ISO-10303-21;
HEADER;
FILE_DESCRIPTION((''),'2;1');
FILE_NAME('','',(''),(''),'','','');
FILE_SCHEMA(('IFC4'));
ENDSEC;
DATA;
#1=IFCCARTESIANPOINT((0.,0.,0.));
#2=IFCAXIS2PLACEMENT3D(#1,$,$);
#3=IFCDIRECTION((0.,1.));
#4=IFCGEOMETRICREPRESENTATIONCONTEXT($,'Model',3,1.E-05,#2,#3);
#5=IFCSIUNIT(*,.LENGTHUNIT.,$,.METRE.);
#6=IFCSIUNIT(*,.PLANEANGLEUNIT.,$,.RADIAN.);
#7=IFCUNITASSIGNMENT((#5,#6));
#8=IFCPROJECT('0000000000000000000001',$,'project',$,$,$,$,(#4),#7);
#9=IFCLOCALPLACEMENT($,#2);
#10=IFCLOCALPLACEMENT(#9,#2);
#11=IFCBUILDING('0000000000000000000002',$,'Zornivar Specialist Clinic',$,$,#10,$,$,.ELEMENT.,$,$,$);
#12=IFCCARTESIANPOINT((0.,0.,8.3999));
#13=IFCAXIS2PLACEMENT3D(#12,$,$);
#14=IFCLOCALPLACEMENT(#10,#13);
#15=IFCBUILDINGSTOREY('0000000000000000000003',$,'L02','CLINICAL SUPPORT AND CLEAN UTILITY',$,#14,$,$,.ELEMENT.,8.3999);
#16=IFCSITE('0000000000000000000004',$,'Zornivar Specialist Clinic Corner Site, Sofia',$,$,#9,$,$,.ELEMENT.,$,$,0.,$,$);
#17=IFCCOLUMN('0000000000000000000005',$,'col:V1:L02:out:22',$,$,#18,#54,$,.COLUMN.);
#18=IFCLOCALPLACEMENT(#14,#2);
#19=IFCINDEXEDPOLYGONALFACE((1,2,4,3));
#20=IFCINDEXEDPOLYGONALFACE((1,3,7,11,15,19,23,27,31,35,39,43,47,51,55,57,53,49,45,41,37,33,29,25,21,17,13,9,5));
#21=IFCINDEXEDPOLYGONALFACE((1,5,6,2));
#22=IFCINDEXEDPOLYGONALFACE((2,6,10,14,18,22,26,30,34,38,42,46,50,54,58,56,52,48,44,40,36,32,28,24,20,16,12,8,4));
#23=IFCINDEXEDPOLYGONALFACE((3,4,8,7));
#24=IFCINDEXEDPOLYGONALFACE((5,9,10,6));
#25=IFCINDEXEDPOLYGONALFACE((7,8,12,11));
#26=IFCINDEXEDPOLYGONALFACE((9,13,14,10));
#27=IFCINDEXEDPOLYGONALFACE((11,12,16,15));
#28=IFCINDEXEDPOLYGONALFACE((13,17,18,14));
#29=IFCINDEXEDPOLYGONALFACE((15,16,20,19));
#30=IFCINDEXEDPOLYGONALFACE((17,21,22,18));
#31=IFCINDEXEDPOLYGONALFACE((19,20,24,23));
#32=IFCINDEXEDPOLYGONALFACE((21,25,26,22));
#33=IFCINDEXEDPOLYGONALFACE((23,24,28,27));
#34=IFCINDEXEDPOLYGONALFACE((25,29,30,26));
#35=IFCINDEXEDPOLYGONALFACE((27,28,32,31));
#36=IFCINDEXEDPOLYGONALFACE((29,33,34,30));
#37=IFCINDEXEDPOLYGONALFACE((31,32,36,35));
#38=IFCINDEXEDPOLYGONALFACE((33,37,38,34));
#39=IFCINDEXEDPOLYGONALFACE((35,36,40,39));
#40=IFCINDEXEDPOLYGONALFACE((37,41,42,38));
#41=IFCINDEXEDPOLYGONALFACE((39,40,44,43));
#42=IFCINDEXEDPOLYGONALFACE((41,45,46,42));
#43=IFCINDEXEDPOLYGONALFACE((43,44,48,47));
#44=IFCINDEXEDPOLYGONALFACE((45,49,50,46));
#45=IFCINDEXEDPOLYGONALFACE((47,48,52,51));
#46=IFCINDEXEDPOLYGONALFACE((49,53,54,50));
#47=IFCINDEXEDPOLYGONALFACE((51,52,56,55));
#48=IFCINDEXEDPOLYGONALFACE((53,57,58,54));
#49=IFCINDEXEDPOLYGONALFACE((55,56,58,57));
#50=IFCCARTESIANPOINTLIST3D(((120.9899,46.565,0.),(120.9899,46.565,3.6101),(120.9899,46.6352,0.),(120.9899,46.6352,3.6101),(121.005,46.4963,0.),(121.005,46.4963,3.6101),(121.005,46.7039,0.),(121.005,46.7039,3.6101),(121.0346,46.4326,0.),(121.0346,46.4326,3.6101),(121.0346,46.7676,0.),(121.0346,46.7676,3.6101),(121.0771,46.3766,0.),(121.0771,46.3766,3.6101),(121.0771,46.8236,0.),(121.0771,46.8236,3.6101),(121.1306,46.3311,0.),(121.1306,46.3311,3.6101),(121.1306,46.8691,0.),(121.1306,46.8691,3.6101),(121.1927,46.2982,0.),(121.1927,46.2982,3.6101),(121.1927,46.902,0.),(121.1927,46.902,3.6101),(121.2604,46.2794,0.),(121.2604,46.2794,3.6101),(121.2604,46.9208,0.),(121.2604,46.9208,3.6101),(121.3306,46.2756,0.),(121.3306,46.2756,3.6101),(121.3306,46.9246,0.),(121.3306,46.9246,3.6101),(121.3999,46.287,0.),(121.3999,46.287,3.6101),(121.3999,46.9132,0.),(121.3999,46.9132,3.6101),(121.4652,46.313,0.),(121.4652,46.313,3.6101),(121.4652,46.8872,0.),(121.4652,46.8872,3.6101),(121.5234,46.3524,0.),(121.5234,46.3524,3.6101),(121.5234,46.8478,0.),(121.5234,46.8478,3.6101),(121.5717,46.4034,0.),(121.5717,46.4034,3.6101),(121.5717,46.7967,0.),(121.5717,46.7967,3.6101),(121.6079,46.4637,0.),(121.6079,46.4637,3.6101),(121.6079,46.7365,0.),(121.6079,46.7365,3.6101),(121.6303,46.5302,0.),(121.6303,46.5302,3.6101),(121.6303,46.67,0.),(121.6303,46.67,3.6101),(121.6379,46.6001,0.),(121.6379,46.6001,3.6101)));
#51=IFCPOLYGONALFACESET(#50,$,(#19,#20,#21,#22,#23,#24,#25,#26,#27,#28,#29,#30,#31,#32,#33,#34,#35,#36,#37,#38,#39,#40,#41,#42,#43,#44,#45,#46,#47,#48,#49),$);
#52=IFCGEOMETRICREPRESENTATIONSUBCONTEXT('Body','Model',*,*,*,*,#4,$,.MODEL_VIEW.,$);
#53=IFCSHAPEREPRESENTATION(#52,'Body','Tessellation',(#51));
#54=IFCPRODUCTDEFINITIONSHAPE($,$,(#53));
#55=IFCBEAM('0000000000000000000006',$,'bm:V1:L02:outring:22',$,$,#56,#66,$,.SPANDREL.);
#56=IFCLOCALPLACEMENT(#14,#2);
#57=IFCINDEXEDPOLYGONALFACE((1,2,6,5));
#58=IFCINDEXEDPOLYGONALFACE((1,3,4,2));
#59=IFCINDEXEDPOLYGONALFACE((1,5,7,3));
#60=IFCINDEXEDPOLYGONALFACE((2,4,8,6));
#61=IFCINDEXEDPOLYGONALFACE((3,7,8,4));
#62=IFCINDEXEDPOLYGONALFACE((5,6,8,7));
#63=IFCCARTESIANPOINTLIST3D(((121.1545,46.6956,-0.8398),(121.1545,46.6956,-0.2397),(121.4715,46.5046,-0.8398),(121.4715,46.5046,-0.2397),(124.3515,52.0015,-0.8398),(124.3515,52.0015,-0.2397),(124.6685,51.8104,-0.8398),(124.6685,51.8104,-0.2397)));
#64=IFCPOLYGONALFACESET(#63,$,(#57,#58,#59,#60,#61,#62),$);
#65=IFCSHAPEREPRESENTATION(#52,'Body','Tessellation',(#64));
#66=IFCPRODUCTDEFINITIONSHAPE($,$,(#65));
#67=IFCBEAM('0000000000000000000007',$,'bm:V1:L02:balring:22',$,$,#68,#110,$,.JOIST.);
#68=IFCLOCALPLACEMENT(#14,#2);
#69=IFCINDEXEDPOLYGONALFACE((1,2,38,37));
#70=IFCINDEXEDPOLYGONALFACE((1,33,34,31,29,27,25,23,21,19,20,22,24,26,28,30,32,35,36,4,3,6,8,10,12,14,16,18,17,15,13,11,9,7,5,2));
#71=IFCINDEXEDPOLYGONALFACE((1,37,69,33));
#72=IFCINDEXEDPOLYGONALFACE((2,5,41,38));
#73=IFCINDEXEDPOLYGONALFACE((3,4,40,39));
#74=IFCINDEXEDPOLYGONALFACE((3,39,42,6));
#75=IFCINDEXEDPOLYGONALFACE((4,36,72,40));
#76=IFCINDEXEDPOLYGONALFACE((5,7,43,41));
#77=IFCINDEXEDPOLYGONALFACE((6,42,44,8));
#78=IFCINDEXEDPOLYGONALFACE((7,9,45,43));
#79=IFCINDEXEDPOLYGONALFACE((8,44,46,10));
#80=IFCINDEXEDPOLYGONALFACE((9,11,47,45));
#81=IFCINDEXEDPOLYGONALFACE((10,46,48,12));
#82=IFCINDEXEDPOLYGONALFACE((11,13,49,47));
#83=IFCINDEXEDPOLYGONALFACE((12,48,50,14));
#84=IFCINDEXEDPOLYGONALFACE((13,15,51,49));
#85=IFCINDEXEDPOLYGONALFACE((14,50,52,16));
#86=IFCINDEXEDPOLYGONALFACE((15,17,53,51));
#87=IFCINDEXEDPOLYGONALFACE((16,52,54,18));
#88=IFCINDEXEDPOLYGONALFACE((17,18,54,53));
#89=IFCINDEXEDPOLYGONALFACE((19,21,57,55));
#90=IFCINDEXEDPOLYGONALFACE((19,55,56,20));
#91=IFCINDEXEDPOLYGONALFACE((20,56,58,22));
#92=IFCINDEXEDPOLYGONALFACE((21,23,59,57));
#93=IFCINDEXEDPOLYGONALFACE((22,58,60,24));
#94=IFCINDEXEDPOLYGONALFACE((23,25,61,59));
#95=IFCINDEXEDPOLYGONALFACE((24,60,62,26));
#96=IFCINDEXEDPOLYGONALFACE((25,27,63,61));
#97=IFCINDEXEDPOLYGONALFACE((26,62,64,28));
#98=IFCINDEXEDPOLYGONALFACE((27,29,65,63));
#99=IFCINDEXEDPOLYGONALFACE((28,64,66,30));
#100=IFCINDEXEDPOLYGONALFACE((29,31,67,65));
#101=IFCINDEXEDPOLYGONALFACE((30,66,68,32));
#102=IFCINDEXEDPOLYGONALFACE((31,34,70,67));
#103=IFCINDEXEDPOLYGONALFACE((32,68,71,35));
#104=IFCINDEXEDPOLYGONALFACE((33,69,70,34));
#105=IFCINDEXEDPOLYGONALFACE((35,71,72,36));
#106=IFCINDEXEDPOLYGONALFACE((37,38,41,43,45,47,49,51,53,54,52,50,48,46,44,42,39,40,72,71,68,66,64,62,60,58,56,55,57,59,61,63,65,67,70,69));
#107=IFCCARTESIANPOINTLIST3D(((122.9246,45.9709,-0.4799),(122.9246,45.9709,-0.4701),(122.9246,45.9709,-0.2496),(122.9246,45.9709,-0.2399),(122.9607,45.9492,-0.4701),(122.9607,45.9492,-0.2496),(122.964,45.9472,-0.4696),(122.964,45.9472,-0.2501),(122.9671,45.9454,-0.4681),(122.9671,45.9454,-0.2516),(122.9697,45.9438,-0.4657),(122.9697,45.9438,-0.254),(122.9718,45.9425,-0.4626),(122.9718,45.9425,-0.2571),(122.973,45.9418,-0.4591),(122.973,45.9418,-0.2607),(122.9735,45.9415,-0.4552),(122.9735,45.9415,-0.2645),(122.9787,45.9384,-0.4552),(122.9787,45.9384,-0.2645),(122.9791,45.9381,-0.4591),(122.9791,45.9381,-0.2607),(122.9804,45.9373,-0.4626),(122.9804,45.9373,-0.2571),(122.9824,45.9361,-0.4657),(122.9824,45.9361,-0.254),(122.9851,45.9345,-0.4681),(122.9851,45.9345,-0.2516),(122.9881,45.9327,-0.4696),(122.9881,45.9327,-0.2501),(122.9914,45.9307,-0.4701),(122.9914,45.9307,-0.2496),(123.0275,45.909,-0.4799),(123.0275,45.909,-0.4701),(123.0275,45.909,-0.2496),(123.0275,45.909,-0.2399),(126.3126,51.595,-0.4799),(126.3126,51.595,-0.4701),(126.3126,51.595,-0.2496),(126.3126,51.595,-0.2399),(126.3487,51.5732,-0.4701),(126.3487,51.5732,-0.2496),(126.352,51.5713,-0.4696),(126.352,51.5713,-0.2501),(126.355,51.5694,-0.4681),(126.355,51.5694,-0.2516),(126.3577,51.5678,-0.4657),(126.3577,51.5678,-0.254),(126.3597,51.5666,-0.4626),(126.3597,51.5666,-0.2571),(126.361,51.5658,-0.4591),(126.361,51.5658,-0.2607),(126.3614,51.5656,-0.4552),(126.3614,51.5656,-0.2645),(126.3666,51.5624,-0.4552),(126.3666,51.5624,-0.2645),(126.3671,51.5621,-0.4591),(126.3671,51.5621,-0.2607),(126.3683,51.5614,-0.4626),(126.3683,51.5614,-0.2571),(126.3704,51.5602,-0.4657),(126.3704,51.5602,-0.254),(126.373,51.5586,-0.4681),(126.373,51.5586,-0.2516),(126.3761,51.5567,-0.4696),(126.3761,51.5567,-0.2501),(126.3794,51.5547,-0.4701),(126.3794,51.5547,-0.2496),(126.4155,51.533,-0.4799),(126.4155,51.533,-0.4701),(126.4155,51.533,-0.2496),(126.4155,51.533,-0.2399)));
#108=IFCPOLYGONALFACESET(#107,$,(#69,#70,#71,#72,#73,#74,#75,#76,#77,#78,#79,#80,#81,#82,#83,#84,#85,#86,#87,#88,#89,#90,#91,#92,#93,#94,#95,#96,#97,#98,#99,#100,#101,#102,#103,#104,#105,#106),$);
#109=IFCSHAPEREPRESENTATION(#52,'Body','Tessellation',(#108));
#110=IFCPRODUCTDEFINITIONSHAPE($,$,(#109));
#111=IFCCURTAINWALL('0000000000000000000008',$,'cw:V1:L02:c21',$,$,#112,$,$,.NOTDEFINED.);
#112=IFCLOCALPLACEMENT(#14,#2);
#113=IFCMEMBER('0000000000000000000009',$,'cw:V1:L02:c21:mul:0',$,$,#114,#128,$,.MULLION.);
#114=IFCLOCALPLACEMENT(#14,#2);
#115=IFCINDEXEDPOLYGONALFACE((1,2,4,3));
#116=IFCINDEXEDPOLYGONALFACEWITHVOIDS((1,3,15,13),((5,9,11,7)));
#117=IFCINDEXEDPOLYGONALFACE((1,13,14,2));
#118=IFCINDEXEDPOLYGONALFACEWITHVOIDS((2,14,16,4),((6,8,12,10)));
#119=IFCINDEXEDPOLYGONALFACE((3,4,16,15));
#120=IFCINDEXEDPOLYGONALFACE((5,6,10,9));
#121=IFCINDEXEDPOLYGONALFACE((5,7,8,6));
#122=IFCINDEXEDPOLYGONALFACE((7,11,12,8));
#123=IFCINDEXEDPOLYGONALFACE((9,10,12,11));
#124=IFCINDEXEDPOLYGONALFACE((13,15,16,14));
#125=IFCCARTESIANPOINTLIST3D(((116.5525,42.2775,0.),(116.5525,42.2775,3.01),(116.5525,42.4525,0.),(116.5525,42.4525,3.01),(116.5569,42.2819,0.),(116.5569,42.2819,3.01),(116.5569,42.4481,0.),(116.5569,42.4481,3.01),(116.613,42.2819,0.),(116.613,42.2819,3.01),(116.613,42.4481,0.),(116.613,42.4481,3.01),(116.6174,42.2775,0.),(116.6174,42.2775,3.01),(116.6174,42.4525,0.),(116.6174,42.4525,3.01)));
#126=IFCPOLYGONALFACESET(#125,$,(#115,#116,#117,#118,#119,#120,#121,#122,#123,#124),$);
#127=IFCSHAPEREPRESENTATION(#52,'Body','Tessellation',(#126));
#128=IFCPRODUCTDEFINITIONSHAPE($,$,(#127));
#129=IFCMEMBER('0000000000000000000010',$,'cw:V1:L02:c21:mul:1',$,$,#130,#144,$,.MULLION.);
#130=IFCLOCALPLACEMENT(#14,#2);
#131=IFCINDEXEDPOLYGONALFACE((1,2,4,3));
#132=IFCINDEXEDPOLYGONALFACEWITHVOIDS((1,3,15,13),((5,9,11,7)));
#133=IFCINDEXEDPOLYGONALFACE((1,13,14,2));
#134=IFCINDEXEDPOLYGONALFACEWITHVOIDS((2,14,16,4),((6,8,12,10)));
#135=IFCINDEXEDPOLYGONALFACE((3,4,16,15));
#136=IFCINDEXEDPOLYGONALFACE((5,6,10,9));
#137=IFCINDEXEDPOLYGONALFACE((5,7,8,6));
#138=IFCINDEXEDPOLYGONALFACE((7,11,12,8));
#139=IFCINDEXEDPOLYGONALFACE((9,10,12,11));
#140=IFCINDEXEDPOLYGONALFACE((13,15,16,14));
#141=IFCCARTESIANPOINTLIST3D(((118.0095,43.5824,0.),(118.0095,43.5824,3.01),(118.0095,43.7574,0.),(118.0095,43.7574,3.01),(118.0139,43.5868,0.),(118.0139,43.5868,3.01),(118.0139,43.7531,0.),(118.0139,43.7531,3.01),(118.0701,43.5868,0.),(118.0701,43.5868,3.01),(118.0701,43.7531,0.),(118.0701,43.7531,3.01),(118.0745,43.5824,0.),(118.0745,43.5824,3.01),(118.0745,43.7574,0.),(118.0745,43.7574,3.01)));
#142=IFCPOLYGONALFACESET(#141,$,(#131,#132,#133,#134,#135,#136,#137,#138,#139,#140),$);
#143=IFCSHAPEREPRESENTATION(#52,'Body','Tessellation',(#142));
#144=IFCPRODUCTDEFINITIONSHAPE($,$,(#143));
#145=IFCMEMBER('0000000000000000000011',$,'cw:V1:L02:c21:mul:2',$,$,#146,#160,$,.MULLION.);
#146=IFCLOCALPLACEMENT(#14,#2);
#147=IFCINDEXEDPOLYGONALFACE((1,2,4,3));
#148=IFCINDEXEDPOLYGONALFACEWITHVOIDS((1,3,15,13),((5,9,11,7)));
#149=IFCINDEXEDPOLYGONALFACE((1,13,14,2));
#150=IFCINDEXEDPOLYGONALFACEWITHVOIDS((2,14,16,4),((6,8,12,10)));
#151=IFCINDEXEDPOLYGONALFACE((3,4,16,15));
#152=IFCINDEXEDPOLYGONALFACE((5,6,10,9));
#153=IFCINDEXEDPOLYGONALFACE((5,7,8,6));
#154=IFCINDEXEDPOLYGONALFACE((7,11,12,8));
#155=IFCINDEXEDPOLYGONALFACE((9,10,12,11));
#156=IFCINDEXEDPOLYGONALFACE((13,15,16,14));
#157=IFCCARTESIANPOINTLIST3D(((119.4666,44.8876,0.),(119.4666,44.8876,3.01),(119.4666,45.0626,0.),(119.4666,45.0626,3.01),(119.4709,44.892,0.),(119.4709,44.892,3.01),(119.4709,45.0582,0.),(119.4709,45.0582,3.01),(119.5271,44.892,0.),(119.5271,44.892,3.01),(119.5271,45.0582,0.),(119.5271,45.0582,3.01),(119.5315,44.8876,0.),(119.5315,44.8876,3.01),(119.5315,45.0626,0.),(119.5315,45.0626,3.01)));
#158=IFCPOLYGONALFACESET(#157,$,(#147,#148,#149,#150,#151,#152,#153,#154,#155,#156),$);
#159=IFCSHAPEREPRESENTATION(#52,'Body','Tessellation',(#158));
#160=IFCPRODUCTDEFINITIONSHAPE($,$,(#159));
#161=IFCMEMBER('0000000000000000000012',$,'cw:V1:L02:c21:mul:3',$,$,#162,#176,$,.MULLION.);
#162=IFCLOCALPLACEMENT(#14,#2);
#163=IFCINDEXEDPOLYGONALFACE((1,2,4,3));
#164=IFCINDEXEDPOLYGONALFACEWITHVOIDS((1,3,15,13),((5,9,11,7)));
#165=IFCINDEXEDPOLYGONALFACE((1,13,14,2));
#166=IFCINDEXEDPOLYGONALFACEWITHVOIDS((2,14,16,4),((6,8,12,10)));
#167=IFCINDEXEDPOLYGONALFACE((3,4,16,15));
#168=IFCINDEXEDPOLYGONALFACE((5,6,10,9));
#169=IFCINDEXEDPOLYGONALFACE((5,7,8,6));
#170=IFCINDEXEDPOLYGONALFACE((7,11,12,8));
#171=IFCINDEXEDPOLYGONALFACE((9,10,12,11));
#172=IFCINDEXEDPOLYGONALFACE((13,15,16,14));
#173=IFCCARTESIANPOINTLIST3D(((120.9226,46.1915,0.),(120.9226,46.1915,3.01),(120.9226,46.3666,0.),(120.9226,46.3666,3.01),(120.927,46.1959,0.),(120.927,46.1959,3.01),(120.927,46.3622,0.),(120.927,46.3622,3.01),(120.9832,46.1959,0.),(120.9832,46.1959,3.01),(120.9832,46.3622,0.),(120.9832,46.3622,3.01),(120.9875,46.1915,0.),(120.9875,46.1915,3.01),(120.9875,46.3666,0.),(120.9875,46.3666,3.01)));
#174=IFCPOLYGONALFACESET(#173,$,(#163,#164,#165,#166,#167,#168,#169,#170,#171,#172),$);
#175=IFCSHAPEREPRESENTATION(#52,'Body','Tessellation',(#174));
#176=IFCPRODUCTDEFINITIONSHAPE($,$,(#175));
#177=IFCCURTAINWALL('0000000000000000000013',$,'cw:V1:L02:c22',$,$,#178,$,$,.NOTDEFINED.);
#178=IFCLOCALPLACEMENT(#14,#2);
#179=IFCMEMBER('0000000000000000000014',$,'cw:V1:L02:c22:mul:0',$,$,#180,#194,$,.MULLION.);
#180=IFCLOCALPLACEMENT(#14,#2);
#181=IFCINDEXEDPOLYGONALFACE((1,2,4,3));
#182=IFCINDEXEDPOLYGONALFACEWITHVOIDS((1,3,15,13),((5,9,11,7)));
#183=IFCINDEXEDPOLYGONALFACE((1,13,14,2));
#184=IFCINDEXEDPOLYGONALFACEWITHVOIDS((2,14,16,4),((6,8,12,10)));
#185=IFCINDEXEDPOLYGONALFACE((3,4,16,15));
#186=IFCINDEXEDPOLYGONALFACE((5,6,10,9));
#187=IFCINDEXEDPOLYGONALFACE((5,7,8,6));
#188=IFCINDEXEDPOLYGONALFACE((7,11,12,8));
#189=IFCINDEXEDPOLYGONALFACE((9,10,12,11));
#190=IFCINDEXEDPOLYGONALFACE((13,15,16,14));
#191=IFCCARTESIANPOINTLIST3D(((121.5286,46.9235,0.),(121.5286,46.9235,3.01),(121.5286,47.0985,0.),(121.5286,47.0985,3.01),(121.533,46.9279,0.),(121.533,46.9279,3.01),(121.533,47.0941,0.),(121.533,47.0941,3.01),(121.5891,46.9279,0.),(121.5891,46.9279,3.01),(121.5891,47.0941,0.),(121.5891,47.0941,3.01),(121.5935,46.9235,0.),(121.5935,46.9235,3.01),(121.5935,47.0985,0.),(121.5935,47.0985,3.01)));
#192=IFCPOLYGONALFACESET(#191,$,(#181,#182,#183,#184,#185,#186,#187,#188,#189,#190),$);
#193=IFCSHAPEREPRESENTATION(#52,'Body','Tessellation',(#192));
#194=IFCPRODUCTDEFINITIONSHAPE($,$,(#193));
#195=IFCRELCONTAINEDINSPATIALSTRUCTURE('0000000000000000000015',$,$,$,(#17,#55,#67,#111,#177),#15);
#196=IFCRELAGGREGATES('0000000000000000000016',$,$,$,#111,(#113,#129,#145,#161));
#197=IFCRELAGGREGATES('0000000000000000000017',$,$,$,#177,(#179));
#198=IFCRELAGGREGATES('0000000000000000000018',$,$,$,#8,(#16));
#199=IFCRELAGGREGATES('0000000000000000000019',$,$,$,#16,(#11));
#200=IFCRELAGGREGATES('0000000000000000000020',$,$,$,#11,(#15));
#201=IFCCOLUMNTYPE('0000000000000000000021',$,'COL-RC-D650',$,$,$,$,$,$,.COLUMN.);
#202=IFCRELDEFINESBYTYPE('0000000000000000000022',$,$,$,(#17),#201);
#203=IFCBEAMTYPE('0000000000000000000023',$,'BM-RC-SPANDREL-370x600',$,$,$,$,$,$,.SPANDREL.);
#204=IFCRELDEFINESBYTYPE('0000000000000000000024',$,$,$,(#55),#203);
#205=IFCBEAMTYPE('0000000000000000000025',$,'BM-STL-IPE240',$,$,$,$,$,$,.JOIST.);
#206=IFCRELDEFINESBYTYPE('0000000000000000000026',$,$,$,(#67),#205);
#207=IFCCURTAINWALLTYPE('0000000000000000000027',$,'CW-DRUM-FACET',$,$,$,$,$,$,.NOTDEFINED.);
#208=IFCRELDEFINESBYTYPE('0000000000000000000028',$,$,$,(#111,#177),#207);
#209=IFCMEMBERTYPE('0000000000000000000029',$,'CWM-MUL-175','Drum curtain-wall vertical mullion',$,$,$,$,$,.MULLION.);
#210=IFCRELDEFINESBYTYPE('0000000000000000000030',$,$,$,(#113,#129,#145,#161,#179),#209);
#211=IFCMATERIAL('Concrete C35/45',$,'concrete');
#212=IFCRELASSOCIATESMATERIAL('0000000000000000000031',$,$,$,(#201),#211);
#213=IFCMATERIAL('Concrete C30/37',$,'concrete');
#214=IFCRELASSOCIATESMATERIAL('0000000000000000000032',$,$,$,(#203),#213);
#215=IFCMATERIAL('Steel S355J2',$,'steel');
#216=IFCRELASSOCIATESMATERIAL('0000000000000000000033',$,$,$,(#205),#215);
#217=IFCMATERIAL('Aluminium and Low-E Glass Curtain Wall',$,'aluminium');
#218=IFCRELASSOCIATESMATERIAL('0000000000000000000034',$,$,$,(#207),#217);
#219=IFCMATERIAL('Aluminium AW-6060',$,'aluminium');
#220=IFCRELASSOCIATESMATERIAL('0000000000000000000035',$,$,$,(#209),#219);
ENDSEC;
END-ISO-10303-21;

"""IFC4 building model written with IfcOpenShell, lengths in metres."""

from ifc_helpers import new_model, si_unit, direction, frame, origin, origin_2d, place, context, subcontext, project, spatial, rectangle, hollow_rectangle, circle, i_section, extrude, material, material_profile, profile_set, type_object, element, aggregate, save


model = new_model("IFC4")

# Units and contexts
model_context = context("Model", 3, precision=1e-05, world=origin(), true_north=direction((0.0, 1.0)))
body_context = subcontext(model_context, "Body", "Model", "MODEL_VIEW")
ifc_project = project(units=[si_unit("LENGTHUNIT", "METRE"), si_unit("PLANEANGLEUNIT", "RADIAN")], contexts=[model_context])

# Site, building, storey
site_placement = place(None, origin())
site = spatial("IfcSite", under=ifc_project, at=site_placement, Name="Zornivar Specialist Clinic Corner Site, Sofia", CompositionType="ELEMENT", RefElevation=0.0)
building_placement = place(site_placement, origin())
building = spatial("IfcBuilding", under=site, at=building_placement, Name="Zornivar Specialist Clinic", CompositionType="ELEMENT")
storey_placement = place(building_placement, frame((0.0, 0.0, 8.3999)))
storey = spatial("IfcBuildingStorey", under=building, at=storey_placement, Name="L02", Description="CLINICAL SUPPORT AND CLEAN UTILITY", CompositionType="ELEMENT", Elevation=8.3999)

# Column
ifc_material_1 = material(Name="Concrete C35/45", Category="concrete")
ifc_material_profile_1 = material_profile(ifc_material_1, circle(Radius=0.325, at=origin_2d()), Name="RC D650")
ifc_profile_set_1 = profile_set([ifc_material_profile_1], Name="Concrete C35/45")
column_type = type_object("IfcColumnType", Name="COL-RC-D650", PredefinedType="COLUMN", material=ifc_profile_set_1)
column_placement = place(storey_placement, frame((121.313, 46.6001, 0.0), z_axis=(0.0, 0.0, 1.0), x_axis=(1.0, 0.0, 0.0)))
element("IfcColumn", 1, at=column_placement, inside=storey, type_object=column_type, Name="col:V1:L02:out:22", PredefinedType="COLUMN", context=body_context, shape_type="SweptSolid", body=[
    extrude(circle(Radius=0.325, at=origin_2d()), origin(), (0.0, 0.0, 1.0), 3.6101),
])

# Beams
ifc_material_2 = material(Name="Concrete C30/37", Category="concrete")
ifc_material_profile_2 = material_profile(ifc_material_2, rectangle(XDim=0.3701, YDim=0.6001, at=origin_2d()), Name="RC 370x600")
ifc_profile_set_2 = profile_set([ifc_material_profile_2], Name="Concrete C30/37")
beam_type_1 = type_object("IfcBeamType", Name="BM-RC-SPANDREL-370x600", PredefinedType="SPANDREL", material=ifc_profile_set_2)
beam_1_placement = place(storey_placement, frame((121.313, 46.6001, -0.5398), z_axis=(0.516095, 0.856532, 0.0), x_axis=(-0.856532, 0.516095, 0.0)))
element("IfcBeam", 2, at=beam_1_placement, inside=storey, type_object=beam_type_1, Name="bm:V1:L02:outring:22", PredefinedType="SPANDREL", context=body_context, shape_type="SweptSolid", body=[
    extrude(rectangle(XDim=0.3701, YDim=0.6001, at=origin_2d()), origin(), (0.0, 0.0, 1.0), 6.1946),
])
ifc_material_3 = material(Name="Steel S355J2", Category="steel")
ifc_material_profile_3 = material_profile(ifc_material_3, i_section(OverallWidth=0.1201, OverallDepth=0.24, WebThickness=0.0061, FlangeThickness=0.0098, FilletRadius=0.0149, at=origin_2d()), Name="IPE 240")
ifc_profile_set_3 = profile_set([ifc_material_profile_3], Name="Steel S355J2")
beam_type_2 = type_object("IfcBeamType", Name="BM-STL-IPE240", PredefinedType="JOIST", material=ifc_profile_set_3)
beam_2_placement = place(storey_placement, frame((122.9761, 45.9399, -0.3599), z_axis=(0.51601, 0.856583, 0.0), x_axis=(-0.856583, 0.51601, 0.0)))
element("IfcBeam", 3, at=beam_2_placement, inside=storey, type_object=beam_type_2, Name="bm:V1:L02:balring:22", PredefinedType="JOIST", context=body_context, shape_type="SweptSolid", body=[
    extrude(i_section(OverallWidth=0.1201, OverallDepth=0.24, WebThickness=0.0061, FlangeThickness=0.0098, FilletRadius=0.0149, at=origin_2d()), origin(), (0.0, 0.0, 1.0), 6.5657),
])

# Curtain walls, members
ifc_material_4 = material(Name="Aluminium and Low-E Glass Curtain Wall", Category="aluminium")
curtain_wall_type = type_object("IfcCurtainWallType", Name="CW-DRUM-FACET", PredefinedType="NOTDEFINED", material=ifc_material_4)
curtain_wall_1_placement = place(storey_placement, origin())
curtain_wall_1 = element("IfcCurtainWall", 4, at=curtain_wall_1_placement, inside=storey, type_object=curtain_wall_type, Name="cw:V1:L02:c21", PredefinedType="NOTDEFINED")
ifc_material_5 = material(Name="Aluminium AW-6060", Category="aluminium")
ifc_material_profile_4 = material_profile(ifc_material_5, hollow_rectangle(XDim=0.0649, YDim=0.175, WallThickness=0.0044, at=origin_2d()), Name="ALU 65x175x4.5")
ifc_profile_set_4 = profile_set([ifc_material_profile_4], Name="Aluminium AW-6060")
member_type_1 = type_object("IfcMemberType", Name="CWM-MUL-175", Description="Drum curtain-wall vertical mullion", PredefinedType="MULLION", material=ifc_profile_set_4)
member_1_placement = place(storey_placement, frame((116.585, 42.365, 0.0), z_axis=(0.0, 0.0, 1.0), x_axis=(1.0, 0.0, 0.0)))
member_1 = element("IfcMember", 5, at=member_1_placement, type_object=member_type_1, Name="cw:V1:L02:c21:mul:0", PredefinedType="MULLION", context=body_context, shape_type="SweptSolid", body=[
    extrude(hollow_rectangle(XDim=0.0649, YDim=0.175, WallThickness=0.0044, at=origin_2d()), origin(), (0.0, 0.0, 1.0), 3.01),
])
member_2_placement = place(storey_placement, frame((118.042, 43.6699, 0.0), z_axis=(0.0, 0.0, 1.0), x_axis=(1.0, 0.0, 0.0)))
member_2 = element("IfcMember", 6, at=member_2_placement, type_object=member_type_1, Name="cw:V1:L02:c21:mul:1", PredefinedType="MULLION", context=body_context, shape_type="SweptSolid", body=[
    extrude(hollow_rectangle(XDim=0.0649, YDim=0.175, WallThickness=0.0044, at=origin_2d()), origin(), (0.0, 0.0, 1.0), 3.01),
])
member_3_placement = place(storey_placement, frame((119.499, 44.9751, 0.0), z_axis=(0.0, 0.0, 1.0), x_axis=(1.0, 0.0, 0.0)))
member_3 = element("IfcMember", 7, at=member_3_placement, type_object=member_type_1, Name="cw:V1:L02:c21:mul:2", PredefinedType="MULLION", context=body_context, shape_type="SweptSolid", body=[
    extrude(hollow_rectangle(XDim=0.0649, YDim=0.175, WallThickness=0.0044, at=origin_2d()), origin(), (0.0, 0.0, 1.0), 3.01),
])
member_4_placement = place(storey_placement, frame((120.9551, 46.2791, 0.0), z_axis=(0.0, 0.0, 1.0), x_axis=(1.0, 0.0, 0.0)))
member_4 = element("IfcMember", 8, at=member_4_placement, type_object=member_type_1, Name="cw:V1:L02:c21:mul:3", PredefinedType="MULLION", context=body_context, shape_type="SweptSolid", body=[
    extrude(hollow_rectangle(XDim=0.0649, YDim=0.175, WallThickness=0.0044, at=origin_2d()), origin(), (0.0, 0.0, 1.0), 3.01),
])
curtain_wall_2_placement = place(storey_placement, origin())
curtain_wall_2 = element("IfcCurtainWall", 9, at=curtain_wall_2_placement, inside=storey, type_object=curtain_wall_type, Name="cw:V1:L02:c22", PredefinedType="NOTDEFINED")
member_5_placement = place(storey_placement, frame((121.561, 47.011, 0.0), z_axis=(0.0, 0.0, 1.0), x_axis=(1.0, 0.0, 0.0)))
member_5 = element("IfcMember", 10, at=member_5_placement, type_object=member_type_1, Name="cw:V1:L02:c22:mul:0", PredefinedType="MULLION", context=body_context, shape_type="SweptSolid", body=[
    extrude(hollow_rectangle(XDim=0.0649, YDim=0.175, WallThickness=0.0044, at=origin_2d()), origin(), (0.0, 0.0, 1.0), 3.01),
])

aggregate(curtain_wall_1, [member_1, member_2, member_3, member_4])
aggregate(curtain_wall_2, [member_5])

save(model, "model.ifc")
